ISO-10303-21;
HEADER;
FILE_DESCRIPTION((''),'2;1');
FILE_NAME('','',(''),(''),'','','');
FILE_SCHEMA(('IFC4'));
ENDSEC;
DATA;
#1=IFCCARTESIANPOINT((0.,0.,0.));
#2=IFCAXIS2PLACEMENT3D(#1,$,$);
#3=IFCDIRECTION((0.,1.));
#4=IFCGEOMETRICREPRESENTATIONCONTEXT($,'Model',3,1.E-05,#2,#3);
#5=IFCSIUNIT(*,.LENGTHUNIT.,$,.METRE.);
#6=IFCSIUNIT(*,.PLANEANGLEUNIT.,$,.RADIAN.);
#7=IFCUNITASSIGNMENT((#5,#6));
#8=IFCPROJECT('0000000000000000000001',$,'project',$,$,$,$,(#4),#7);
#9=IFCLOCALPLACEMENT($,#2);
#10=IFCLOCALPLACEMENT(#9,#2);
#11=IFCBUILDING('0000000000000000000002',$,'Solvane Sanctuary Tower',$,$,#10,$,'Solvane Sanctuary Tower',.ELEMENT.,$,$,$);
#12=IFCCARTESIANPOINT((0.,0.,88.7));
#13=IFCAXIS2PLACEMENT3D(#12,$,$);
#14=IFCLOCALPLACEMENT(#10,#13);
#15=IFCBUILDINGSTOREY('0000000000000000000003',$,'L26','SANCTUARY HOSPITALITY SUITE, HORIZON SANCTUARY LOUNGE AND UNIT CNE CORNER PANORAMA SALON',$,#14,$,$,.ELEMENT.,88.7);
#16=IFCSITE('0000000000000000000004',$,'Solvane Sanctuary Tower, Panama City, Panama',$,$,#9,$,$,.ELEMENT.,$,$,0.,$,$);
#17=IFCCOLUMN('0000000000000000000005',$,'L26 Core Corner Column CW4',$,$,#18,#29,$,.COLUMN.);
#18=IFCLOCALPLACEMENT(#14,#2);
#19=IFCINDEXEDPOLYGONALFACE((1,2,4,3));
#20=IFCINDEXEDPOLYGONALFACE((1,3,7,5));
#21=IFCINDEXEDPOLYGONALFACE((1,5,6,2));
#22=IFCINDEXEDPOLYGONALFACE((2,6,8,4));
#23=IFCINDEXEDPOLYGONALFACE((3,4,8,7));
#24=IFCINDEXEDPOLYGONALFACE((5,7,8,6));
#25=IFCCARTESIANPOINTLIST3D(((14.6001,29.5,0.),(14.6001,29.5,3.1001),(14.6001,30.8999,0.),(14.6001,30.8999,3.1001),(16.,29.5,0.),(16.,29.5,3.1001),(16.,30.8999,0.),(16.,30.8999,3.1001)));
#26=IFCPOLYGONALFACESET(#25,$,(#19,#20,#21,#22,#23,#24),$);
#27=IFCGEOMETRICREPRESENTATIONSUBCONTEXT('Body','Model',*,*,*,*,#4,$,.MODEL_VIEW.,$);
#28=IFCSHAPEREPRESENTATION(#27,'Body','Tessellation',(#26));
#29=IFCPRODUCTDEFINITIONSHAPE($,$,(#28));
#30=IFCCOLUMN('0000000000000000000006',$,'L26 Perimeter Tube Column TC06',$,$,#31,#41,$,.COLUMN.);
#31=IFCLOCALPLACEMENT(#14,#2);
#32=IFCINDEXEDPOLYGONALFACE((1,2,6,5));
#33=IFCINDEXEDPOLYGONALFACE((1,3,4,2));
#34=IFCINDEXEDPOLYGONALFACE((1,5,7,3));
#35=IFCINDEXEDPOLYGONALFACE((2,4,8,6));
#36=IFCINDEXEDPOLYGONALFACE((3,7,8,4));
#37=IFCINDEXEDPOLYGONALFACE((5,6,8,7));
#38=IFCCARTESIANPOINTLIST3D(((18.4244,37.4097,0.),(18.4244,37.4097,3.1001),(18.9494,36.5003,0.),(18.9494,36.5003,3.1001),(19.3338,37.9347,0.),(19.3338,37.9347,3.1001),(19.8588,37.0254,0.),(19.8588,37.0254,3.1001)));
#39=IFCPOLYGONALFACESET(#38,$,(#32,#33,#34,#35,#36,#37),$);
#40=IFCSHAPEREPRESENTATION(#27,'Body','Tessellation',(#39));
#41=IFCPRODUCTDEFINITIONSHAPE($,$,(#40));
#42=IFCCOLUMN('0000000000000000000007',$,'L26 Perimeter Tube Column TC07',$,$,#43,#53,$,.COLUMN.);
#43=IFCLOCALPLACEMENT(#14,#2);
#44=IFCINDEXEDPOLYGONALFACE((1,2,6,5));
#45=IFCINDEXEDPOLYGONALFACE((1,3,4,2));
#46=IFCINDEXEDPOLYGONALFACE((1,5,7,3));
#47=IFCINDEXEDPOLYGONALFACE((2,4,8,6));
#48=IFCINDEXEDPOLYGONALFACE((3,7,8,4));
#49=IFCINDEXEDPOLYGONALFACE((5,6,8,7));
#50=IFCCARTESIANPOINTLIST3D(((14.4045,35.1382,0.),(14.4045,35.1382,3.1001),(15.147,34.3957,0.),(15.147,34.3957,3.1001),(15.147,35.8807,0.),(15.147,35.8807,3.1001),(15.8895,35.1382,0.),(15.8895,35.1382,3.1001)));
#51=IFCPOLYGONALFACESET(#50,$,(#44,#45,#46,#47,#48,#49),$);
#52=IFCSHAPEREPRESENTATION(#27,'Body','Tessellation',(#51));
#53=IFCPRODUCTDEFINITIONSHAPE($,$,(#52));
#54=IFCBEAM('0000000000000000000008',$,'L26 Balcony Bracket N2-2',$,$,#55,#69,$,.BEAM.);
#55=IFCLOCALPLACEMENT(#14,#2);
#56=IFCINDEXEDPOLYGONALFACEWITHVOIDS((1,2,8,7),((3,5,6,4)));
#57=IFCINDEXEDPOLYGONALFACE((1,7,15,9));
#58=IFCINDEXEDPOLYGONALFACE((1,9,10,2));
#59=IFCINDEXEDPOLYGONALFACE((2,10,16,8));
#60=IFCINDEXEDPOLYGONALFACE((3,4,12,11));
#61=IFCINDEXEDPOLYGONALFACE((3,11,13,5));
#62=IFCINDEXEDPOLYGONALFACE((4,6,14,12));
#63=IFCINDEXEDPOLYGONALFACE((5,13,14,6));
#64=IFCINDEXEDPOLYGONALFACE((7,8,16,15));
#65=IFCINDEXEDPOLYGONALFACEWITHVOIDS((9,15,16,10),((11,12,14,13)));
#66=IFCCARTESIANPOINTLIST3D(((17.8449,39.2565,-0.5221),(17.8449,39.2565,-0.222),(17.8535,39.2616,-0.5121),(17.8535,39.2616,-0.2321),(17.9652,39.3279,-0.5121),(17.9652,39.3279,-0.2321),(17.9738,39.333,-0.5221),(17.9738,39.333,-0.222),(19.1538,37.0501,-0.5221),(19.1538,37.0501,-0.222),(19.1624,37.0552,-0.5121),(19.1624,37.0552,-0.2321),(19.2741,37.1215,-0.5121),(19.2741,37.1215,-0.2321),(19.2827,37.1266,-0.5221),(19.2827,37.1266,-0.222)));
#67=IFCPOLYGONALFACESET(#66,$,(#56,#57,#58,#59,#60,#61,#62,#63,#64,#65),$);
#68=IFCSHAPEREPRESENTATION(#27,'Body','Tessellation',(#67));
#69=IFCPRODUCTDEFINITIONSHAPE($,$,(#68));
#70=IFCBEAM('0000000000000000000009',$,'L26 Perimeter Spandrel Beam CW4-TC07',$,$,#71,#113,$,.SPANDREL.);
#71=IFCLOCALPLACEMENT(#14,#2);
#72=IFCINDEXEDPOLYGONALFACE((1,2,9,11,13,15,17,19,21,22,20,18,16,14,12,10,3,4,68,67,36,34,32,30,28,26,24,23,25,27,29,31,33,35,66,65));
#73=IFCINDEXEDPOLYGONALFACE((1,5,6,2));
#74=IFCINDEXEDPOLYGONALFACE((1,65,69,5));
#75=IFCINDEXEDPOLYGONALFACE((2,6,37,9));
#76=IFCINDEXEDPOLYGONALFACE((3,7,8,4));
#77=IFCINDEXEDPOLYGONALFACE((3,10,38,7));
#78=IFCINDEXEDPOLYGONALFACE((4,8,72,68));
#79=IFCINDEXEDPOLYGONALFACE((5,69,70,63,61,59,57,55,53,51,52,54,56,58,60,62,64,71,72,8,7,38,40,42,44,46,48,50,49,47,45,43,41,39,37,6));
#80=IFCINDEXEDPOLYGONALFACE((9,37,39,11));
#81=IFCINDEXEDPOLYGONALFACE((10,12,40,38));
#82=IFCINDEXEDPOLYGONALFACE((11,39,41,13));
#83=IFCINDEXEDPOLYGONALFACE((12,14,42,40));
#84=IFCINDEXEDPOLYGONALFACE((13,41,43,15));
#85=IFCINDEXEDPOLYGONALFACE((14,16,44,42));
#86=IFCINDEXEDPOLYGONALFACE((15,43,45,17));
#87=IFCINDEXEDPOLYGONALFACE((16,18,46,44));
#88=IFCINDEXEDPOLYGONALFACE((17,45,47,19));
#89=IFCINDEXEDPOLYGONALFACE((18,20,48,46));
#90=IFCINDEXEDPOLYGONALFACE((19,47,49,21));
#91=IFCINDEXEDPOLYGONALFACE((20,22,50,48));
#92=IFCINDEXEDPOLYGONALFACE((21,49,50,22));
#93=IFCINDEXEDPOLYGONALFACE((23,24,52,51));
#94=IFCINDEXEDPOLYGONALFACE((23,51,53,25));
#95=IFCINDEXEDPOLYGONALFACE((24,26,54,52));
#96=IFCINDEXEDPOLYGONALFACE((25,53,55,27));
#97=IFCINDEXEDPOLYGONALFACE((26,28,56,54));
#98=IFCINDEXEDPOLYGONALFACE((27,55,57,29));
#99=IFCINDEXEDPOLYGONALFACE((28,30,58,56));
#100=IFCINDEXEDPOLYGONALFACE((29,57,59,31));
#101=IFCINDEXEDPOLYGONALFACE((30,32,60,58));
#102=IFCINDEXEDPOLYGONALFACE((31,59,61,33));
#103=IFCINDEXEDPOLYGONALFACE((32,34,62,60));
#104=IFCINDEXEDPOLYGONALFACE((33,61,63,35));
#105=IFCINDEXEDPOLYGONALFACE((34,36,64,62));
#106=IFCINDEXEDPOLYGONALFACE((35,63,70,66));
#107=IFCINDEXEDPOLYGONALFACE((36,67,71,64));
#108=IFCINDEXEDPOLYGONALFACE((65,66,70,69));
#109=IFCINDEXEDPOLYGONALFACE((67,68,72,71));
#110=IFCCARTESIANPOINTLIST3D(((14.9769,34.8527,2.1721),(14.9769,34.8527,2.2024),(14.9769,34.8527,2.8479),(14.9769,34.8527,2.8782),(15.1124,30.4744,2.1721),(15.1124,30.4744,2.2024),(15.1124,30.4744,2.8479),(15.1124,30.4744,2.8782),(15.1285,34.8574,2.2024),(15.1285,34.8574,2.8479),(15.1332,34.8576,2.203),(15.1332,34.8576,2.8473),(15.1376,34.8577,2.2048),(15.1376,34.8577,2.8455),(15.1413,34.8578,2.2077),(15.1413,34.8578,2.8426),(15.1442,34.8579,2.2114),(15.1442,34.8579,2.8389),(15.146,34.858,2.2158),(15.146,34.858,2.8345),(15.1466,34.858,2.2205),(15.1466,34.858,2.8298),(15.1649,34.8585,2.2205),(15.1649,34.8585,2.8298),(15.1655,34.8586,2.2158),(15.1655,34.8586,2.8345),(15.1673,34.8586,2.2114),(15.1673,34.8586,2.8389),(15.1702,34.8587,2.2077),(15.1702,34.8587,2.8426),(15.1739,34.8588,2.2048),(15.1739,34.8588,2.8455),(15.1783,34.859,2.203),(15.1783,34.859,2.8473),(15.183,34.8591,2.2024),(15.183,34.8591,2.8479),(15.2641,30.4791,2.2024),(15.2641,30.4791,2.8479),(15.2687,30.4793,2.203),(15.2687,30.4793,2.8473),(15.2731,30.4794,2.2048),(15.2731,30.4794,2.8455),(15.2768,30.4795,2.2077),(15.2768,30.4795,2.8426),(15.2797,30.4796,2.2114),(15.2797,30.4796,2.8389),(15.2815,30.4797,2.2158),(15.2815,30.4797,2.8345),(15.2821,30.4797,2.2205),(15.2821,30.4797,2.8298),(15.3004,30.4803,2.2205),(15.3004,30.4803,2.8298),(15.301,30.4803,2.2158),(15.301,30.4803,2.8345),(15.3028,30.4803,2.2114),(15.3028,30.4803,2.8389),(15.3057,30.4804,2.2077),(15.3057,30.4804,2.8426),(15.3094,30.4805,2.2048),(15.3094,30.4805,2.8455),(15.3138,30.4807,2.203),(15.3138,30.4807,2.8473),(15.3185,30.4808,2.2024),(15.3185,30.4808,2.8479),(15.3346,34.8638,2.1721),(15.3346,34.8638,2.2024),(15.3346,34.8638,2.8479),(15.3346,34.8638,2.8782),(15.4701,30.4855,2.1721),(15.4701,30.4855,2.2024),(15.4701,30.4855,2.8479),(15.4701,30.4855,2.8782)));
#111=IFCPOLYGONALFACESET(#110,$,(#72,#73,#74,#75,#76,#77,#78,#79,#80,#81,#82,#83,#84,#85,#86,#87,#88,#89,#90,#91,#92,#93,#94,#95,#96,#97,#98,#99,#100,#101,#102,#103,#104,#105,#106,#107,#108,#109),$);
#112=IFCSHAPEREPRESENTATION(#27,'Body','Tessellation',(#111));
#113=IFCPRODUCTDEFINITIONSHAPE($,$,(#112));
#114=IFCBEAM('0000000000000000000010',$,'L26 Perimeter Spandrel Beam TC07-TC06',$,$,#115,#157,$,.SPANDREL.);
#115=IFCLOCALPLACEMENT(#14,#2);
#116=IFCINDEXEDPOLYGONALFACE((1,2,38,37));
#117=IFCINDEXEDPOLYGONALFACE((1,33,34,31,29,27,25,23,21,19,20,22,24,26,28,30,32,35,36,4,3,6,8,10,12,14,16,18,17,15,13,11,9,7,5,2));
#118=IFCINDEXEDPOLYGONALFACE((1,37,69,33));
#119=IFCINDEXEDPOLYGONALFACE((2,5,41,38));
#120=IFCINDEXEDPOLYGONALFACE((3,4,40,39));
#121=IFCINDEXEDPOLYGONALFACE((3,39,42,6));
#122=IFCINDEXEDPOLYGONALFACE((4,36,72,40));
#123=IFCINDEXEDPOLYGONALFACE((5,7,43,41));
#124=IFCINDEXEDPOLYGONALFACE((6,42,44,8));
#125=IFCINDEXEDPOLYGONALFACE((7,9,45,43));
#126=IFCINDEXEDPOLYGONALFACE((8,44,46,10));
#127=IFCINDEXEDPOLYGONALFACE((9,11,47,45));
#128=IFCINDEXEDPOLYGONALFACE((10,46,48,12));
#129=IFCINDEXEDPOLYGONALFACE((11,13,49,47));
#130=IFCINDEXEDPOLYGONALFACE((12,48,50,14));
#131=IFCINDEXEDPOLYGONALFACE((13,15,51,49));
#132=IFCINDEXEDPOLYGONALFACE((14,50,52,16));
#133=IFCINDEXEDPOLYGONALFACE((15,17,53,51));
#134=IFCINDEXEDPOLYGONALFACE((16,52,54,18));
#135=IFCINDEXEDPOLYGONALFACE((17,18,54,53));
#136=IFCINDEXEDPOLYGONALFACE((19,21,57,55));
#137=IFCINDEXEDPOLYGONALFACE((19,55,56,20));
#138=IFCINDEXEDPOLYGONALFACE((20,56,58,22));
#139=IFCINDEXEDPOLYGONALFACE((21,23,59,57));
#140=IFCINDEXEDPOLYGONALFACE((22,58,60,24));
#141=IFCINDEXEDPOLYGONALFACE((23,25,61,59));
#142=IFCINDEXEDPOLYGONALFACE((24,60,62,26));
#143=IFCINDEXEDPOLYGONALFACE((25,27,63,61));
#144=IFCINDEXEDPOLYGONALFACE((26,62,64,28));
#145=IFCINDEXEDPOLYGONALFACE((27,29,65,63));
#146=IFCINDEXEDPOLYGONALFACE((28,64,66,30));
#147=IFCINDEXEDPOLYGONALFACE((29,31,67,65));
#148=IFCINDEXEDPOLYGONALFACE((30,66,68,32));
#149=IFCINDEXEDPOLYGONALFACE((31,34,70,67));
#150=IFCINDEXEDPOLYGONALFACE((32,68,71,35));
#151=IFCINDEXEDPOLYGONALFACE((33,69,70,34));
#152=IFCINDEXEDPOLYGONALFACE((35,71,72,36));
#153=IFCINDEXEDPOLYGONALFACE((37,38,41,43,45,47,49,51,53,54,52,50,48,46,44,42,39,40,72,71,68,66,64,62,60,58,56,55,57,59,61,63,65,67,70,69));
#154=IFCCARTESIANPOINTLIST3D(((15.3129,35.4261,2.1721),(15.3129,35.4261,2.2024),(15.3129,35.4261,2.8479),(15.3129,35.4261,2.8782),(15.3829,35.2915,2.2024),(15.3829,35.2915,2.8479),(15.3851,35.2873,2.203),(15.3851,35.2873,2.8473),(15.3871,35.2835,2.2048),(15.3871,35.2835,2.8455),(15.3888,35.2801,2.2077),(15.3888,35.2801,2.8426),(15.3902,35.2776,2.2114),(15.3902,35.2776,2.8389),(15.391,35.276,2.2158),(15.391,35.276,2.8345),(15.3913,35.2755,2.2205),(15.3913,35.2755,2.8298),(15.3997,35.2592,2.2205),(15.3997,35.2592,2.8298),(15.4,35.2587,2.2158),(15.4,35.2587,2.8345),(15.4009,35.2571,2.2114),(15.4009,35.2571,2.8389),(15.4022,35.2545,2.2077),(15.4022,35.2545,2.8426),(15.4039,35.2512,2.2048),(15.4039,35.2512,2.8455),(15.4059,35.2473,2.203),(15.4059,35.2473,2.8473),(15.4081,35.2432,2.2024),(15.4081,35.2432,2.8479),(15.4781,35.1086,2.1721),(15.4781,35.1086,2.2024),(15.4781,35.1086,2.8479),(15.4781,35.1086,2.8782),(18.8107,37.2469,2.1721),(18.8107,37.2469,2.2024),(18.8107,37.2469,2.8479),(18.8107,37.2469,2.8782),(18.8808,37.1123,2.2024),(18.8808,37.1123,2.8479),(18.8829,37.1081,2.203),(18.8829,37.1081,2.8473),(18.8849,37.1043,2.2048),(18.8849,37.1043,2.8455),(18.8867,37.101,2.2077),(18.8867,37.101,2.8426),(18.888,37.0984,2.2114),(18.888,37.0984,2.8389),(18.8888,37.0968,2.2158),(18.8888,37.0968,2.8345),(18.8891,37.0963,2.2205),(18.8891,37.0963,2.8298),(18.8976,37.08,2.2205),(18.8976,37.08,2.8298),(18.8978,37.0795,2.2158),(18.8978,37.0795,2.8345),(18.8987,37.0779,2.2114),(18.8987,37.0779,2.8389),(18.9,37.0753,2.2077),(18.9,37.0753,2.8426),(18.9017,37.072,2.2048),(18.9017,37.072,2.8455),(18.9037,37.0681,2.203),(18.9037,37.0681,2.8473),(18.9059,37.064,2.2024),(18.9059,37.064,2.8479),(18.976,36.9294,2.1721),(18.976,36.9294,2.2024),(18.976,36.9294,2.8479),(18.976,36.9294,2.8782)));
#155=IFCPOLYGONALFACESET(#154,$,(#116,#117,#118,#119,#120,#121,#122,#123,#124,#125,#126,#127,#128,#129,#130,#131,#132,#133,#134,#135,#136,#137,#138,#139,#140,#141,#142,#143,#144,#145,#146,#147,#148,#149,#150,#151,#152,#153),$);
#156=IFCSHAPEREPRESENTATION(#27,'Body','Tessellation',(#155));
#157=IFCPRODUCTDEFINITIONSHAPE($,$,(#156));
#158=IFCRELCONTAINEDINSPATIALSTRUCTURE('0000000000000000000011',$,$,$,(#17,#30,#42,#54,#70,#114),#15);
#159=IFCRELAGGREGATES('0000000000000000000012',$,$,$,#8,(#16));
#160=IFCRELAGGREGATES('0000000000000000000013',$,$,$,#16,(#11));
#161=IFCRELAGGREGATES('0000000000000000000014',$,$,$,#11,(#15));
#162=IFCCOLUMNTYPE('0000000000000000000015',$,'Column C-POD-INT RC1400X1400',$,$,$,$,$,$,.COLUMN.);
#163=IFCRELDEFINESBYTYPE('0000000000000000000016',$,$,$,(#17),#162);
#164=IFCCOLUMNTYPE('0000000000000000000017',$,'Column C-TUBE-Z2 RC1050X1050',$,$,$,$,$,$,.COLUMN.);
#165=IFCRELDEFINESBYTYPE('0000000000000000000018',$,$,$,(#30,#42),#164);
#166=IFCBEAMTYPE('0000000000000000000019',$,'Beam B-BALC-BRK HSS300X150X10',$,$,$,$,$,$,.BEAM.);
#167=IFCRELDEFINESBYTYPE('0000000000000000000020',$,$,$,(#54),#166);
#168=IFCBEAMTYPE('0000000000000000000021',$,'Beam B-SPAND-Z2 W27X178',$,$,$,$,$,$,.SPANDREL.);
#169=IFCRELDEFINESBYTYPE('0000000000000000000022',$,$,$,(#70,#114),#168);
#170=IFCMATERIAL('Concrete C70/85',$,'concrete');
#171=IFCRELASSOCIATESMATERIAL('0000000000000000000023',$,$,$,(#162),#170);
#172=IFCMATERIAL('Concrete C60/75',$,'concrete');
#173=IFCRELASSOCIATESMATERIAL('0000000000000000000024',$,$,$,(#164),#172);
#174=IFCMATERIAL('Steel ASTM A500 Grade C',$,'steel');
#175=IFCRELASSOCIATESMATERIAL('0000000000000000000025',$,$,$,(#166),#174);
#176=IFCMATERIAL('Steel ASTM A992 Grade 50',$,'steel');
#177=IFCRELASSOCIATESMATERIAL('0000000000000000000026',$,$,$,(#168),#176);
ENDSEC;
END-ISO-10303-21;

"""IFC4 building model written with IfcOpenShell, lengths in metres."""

from ifc_helpers import new_model, si_unit, direction, frame, origin, origin_2d, place, context, subcontext, project, spatial, rectangle, hollow_rectangle, i_section, extrude, material, material_profile, profile_set, type_object, element, save


model = new_model("IFC4")

# Units and contexts
model_context = context("Model", 3, precision=1e-05, world=origin(), true_north=direction((0.0, 1.0)))
body_context = subcontext(model_context, "Body", "Model", "MODEL_VIEW")
ifc_project = project(units=[si_unit("LENGTHUNIT", "METRE"), si_unit("PLANEANGLEUNIT", "RADIAN")], contexts=[model_context])

# Site, building, storey
site_placement = place(None, origin())
site = spatial("IfcSite", under=ifc_project, at=site_placement, Name="Solvane Sanctuary Tower, Panama City, Panama", CompositionType="ELEMENT", RefElevation=0.0)
building_placement = place(site_placement, origin())
building = spatial("IfcBuilding", under=site, at=building_placement, Name="Solvane Sanctuary Tower", LongName="Solvane Sanctuary Tower", CompositionType="ELEMENT")
storey_placement = place(building_placement, frame((0.0, 0.0, 88.7)))
storey = spatial("IfcBuildingStorey", under=building, at=storey_placement, Name="L26", Description="SANCTUARY HOSPITALITY SUITE, HORIZON SANCTUARY LOUNGE AND UNIT CNE CORNER PANORAMA SALON", CompositionType="ELEMENT", Elevation=88.7)

# Columns
ifc_material_1 = material(Name="Concrete C70/85", Category="concrete")
ifc_material_profile_1 = material_profile(ifc_material_1, rectangle(XDim=1.3999, YDim=1.3999, at=origin_2d()), Name="RC1400X1400")
ifc_profile_set_1 = profile_set([ifc_material_profile_1], Name="Concrete C70/85")
column_type_1 = type_object("IfcColumnType", Name="Column C-POD-INT RC1400X1400", PredefinedType="COLUMN", material=ifc_profile_set_1)
column_placement = place(storey_placement, frame((15.3, 30.2, 0.0), z_axis=(0.0, 0.0, 1.0), x_axis=(1.0, 0.0, 0.0)))
element("IfcColumn", 1, at=column_placement, inside=storey, type_object=column_type_1, Name="L26 Core Corner Column CW4", PredefinedType="COLUMN", context=body_context, shape_type="SweptSolid", body=[
    extrude(rectangle(XDim=1.3999, YDim=1.3999, at=origin_2d()), origin(), (0.0, 0.0, 1.0), 3.1001),
])
ifc_material_2 = material(Name="Concrete C60/75", Category="concrete")
ifc_material_profile_2 = material_profile(ifc_material_2, rectangle(XDim=1.05, YDim=1.05, at=origin_2d()), Name="RC1050X1050")
ifc_profile_set_2 = profile_set([ifc_material_profile_2], Name="Concrete C60/75")
column_type_2 = type_object("IfcColumnType", Name="Column C-TUBE-Z2 RC1050X1050", PredefinedType="COLUMN", material=ifc_profile_set_2)
for number, where, z_axis, x_axis, name in (
    (2, (19.1416, 37.2175, 0.0), (0.0, 0.0, 1.0), (-0.5, 0.866025, 0.0), "L26 Perimeter Tube Column TC06"),
    (3, (15.147, 35.1382, 0.0), (0.0, 0.0, 1.0), (-0.707107, 0.707107, 0.0), "L26 Perimeter Tube Column TC07"),
):
    element("IfcColumn", number, at=place(storey_placement, frame(where, z_axis=z_axis, x_axis=x_axis)), inside=storey, type_object=column_type_2, Name=name, PredefinedType="COLUMN", context=body_context, shape_type="SweptSolid", body=[
        extrude(rectangle(XDim=1.05, YDim=1.05, at=origin_2d()), origin(), (0.0, 0.0, 1.0), 3.1001),
    ])

# Beams
ifc_material_3 = material(Name="Steel ASTM A500 Grade C", Category="steel")
ifc_material_profile_3 = material_profile(ifc_material_3, hollow_rectangle(XDim=0.1499, YDim=0.3, WallThickness=0.01, at=origin_2d()), Name="HSS300X150X10")
ifc_profile_set_3 = profile_set([ifc_material_profile_3], Name="Steel ASTM A500 Grade C")
beam_type_1 = type_object("IfcBeamType", Name="Beam B-BALC-BRK HSS300X150X10", PredefinedType="BEAM", material=ifc_profile_set_3)
beam_1_placement = place(storey_placement, frame((19.2183, 37.0884, -0.3721), z_axis=(-0.510207, 0.860052, 0.0), x_axis=(-0.860052, -0.510207, 0.0)))
element("IfcBeam", 4, at=beam_1_placement, inside=storey, type_object=beam_type_1, Name="L26 Balcony Bracket N2-2", PredefinedType="BEAM", context=body_context, shape_type="SweptSolid", body=[
    extrude(hollow_rectangle(XDim=0.1499, YDim=0.3, WallThickness=0.01, at=origin_2d()), origin(), (0.0, 0.0, 1.0), 2.5654),
])
ifc_material_4 = material(Name="Steel ASTM A992 Grade 50", Category="steel")
ifc_material_profile_4 = material_profile(ifc_material_4, i_section(OverallWidth=0.3579, OverallDepth=0.7061, WebThickness=0.0183, FlangeThickness=0.0303, FilletRadius=0.0181, at=origin_2d()), Name="W27X178")
ifc_profile_set_4 = profile_set([ifc_material_profile_4], Name="Steel ASTM A992 Grade 50")
beam_type_2 = type_object("IfcBeamType", Name="Beam B-SPAND-Z2 W27X178", PredefinedType="SPANDREL", material=ifc_profile_set_4)
beam_2_placement = place(storey_placement, frame((15.2913, 30.48, 2.5251), z_axis=(-0.030934, 0.999521, 0.0), x_axis=(-0.999521, -0.030934, 0.0)))
element("IfcBeam", 5, at=beam_2_placement, inside=storey, type_object=beam_type_2, Name="L26 Perimeter Spandrel Beam CW4-TC07", PredefinedType="SPANDREL", context=body_context, shape_type="SweptSolid", body=[
    extrude(i_section(OverallWidth=0.3579, OverallDepth=0.7061, WebThickness=0.0183, FlangeThickness=0.0303, FilletRadius=0.0181, at=origin_2d()), origin(), (0.0, 0.0, 1.0), 4.3804),
])
beam_3_placement = place(storey_placement, frame((15.3955, 35.2673, 2.5251), z_axis=(0.887015, 0.461741, 0.0), x_axis=(-0.461741, 0.887015, 0.0)))
element("IfcBeam", 6, at=beam_3_placement, inside=storey, type_object=beam_type_2, Name="L26 Perimeter Spandrel Beam TC07-TC06", PredefinedType="SPANDREL", context=body_context, shape_type="SweptSolid", body=[
    extrude(i_section(OverallWidth=0.3579, OverallDepth=0.7061, WebThickness=0.0183, FlangeThickness=0.0303, FilletRadius=0.0181, at=origin_2d()), origin(), (0.0, 0.0, 1.0), 3.9434),
])

save(model, "model.ifc")
